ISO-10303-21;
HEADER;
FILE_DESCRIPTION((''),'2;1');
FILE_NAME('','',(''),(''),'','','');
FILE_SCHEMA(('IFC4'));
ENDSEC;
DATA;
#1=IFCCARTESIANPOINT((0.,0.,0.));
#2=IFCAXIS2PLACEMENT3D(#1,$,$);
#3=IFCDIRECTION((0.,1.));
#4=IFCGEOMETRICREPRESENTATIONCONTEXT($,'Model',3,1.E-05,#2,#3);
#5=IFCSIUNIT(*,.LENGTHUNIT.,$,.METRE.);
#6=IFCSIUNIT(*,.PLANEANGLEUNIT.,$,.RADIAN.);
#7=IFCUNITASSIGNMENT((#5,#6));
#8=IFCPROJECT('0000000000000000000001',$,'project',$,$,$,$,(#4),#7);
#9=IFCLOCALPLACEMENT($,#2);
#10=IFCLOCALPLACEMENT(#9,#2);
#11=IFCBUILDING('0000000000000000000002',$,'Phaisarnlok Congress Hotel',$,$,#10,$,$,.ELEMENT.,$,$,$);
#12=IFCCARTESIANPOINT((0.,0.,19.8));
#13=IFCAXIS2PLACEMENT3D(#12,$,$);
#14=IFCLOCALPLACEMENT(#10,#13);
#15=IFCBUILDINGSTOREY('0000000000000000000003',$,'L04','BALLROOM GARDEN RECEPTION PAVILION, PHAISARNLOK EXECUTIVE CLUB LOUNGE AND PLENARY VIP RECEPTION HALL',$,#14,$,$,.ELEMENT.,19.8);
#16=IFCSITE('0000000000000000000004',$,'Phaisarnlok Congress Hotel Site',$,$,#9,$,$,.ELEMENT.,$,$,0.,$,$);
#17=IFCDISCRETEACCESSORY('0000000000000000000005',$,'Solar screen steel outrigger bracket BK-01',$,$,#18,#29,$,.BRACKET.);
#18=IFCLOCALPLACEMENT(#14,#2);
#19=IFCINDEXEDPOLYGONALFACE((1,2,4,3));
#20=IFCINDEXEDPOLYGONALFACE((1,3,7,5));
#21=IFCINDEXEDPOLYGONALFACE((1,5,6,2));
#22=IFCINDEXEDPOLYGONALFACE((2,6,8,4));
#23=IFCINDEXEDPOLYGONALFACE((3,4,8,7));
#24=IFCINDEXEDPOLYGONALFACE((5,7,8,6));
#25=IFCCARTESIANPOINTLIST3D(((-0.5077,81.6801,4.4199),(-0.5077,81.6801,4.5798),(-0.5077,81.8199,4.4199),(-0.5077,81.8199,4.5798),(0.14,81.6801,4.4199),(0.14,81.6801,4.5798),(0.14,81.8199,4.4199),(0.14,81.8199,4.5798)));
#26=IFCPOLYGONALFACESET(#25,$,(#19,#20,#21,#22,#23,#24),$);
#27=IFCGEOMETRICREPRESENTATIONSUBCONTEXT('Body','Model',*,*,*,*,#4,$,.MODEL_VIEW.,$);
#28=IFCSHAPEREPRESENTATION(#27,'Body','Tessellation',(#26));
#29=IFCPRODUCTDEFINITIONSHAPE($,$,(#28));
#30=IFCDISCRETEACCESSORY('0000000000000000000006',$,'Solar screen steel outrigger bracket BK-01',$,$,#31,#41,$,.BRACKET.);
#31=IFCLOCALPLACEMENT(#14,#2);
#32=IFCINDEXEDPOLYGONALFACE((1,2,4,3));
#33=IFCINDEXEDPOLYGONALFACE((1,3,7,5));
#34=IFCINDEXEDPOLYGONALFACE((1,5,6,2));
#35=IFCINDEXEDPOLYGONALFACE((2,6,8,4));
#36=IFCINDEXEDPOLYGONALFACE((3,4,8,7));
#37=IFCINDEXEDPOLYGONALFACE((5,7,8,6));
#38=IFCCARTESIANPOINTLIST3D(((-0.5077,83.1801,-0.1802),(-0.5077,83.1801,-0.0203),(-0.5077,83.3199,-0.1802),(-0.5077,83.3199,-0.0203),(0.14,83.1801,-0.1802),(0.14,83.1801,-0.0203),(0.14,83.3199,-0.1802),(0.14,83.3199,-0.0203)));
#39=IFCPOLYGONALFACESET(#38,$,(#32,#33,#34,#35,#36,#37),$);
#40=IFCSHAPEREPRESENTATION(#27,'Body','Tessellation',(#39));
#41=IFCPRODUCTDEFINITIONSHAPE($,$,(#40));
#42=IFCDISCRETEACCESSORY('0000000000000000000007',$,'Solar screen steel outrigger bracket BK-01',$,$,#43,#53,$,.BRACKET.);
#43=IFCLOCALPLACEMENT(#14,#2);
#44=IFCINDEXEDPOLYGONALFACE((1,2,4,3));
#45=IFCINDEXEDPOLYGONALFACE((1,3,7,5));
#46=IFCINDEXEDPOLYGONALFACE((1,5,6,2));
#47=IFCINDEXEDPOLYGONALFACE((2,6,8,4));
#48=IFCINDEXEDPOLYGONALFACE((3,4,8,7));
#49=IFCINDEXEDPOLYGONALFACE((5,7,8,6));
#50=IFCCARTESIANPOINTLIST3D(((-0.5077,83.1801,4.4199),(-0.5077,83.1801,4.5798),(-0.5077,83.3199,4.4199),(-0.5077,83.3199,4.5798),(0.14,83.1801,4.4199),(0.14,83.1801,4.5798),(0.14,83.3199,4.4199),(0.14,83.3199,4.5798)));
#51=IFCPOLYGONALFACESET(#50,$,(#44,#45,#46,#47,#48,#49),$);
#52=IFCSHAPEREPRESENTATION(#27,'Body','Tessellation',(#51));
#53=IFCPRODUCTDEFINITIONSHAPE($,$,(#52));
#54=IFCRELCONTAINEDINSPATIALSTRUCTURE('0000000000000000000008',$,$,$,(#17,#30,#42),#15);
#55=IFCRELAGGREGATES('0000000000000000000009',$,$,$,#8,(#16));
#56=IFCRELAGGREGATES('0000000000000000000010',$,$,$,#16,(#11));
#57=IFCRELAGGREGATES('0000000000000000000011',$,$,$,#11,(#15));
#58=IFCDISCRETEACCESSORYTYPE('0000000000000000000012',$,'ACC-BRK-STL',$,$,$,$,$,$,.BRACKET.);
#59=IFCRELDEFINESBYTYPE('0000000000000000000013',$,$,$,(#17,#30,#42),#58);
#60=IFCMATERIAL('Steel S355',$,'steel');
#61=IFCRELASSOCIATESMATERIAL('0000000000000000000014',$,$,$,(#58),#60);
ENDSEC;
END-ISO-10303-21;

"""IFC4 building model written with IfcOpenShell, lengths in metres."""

from ifc_helpers import new_model, si_unit, direction, frame, origin, origin_2d, place, context, subcontext, project, spatial, rectangle, extrude, material, type_object, element, save


model = new_model("IFC4")

# Units and contexts
model_context = context("Model", 3, precision=1e-05, world=origin(), true_north=direction((0.0, 1.0)))
body_context = subcontext(model_context, "Body", "Model", "MODEL_VIEW")
ifc_project = project(units=[si_unit("LENGTHUNIT", "METRE"), si_unit("PLANEANGLEUNIT", "RADIAN")], contexts=[model_context])

# Site, building, storey
site_placement = place(None, origin())
site = spatial("IfcSite", under=ifc_project, at=site_placement, Name="Phaisarnlok Congress Hotel Site", CompositionType="ELEMENT", RefElevation=0.0)
building_placement = place(site_placement, origin())
building = spatial("IfcBuilding", under=site, at=building_placement, Name="Phaisarnlok Congress Hotel", CompositionType="ELEMENT")
storey_placement = place(building_placement, frame((0.0, 0.0, 19.8)))
storey = spatial("IfcBuildingStorey", under=building, at=storey_placement, Name="L04", Description="BALLROOM GARDEN RECEPTION PAVILION, PHAISARNLOK EXECUTIVE CLUB LOUNGE AND PLENARY VIP RECEPTION HALL", CompositionType="ELEMENT", Elevation=19.8)

# Shared definitions
ifc_material_1 = material(Name="Steel S355", Category="steel")

# Discrete accessories
discrete_accessory_type = type_object("IfcDiscreteAccessoryType", Name="ACC-BRK-STL", PredefinedType="BRACKET", material=ifc_material_1)
for number, where, z_axis, x_axis, name in (
    (1, (-0.1838, 81.75, 4.4199), (0.0, 0.0, 1.0), (1.0, 0.0, 0.0), "Solar screen steel outrigger bracket BK-01"),
    (2, (-0.1838, 83.25, -0.1802), (0.0, 0.0, 1.0), (1.0, 0.0, 0.0), "Solar screen steel outrigger bracket BK-01"),
    (3, (-0.1838, 83.25, 4.4199), (0.0, 0.0, 1.0), (1.0, 0.0, 0.0), "Solar screen steel outrigger bracket BK-01"),
):
    element("IfcDiscreteAccessory", number, at=place(storey_placement, frame(where, z_axis=z_axis, x_axis=x_axis)), inside=storey, type_object=discrete_accessory_type, Name=name, PredefinedType="BRACKET", context=body_context, shape_type="SweptSolid", body=[
        extrude(rectangle(XDim=0.6477, YDim=0.1399, at=origin_2d()), origin(), (0.0, 0.0, 1.0), 0.1599),
    ])

save(model, "model.ifc")
